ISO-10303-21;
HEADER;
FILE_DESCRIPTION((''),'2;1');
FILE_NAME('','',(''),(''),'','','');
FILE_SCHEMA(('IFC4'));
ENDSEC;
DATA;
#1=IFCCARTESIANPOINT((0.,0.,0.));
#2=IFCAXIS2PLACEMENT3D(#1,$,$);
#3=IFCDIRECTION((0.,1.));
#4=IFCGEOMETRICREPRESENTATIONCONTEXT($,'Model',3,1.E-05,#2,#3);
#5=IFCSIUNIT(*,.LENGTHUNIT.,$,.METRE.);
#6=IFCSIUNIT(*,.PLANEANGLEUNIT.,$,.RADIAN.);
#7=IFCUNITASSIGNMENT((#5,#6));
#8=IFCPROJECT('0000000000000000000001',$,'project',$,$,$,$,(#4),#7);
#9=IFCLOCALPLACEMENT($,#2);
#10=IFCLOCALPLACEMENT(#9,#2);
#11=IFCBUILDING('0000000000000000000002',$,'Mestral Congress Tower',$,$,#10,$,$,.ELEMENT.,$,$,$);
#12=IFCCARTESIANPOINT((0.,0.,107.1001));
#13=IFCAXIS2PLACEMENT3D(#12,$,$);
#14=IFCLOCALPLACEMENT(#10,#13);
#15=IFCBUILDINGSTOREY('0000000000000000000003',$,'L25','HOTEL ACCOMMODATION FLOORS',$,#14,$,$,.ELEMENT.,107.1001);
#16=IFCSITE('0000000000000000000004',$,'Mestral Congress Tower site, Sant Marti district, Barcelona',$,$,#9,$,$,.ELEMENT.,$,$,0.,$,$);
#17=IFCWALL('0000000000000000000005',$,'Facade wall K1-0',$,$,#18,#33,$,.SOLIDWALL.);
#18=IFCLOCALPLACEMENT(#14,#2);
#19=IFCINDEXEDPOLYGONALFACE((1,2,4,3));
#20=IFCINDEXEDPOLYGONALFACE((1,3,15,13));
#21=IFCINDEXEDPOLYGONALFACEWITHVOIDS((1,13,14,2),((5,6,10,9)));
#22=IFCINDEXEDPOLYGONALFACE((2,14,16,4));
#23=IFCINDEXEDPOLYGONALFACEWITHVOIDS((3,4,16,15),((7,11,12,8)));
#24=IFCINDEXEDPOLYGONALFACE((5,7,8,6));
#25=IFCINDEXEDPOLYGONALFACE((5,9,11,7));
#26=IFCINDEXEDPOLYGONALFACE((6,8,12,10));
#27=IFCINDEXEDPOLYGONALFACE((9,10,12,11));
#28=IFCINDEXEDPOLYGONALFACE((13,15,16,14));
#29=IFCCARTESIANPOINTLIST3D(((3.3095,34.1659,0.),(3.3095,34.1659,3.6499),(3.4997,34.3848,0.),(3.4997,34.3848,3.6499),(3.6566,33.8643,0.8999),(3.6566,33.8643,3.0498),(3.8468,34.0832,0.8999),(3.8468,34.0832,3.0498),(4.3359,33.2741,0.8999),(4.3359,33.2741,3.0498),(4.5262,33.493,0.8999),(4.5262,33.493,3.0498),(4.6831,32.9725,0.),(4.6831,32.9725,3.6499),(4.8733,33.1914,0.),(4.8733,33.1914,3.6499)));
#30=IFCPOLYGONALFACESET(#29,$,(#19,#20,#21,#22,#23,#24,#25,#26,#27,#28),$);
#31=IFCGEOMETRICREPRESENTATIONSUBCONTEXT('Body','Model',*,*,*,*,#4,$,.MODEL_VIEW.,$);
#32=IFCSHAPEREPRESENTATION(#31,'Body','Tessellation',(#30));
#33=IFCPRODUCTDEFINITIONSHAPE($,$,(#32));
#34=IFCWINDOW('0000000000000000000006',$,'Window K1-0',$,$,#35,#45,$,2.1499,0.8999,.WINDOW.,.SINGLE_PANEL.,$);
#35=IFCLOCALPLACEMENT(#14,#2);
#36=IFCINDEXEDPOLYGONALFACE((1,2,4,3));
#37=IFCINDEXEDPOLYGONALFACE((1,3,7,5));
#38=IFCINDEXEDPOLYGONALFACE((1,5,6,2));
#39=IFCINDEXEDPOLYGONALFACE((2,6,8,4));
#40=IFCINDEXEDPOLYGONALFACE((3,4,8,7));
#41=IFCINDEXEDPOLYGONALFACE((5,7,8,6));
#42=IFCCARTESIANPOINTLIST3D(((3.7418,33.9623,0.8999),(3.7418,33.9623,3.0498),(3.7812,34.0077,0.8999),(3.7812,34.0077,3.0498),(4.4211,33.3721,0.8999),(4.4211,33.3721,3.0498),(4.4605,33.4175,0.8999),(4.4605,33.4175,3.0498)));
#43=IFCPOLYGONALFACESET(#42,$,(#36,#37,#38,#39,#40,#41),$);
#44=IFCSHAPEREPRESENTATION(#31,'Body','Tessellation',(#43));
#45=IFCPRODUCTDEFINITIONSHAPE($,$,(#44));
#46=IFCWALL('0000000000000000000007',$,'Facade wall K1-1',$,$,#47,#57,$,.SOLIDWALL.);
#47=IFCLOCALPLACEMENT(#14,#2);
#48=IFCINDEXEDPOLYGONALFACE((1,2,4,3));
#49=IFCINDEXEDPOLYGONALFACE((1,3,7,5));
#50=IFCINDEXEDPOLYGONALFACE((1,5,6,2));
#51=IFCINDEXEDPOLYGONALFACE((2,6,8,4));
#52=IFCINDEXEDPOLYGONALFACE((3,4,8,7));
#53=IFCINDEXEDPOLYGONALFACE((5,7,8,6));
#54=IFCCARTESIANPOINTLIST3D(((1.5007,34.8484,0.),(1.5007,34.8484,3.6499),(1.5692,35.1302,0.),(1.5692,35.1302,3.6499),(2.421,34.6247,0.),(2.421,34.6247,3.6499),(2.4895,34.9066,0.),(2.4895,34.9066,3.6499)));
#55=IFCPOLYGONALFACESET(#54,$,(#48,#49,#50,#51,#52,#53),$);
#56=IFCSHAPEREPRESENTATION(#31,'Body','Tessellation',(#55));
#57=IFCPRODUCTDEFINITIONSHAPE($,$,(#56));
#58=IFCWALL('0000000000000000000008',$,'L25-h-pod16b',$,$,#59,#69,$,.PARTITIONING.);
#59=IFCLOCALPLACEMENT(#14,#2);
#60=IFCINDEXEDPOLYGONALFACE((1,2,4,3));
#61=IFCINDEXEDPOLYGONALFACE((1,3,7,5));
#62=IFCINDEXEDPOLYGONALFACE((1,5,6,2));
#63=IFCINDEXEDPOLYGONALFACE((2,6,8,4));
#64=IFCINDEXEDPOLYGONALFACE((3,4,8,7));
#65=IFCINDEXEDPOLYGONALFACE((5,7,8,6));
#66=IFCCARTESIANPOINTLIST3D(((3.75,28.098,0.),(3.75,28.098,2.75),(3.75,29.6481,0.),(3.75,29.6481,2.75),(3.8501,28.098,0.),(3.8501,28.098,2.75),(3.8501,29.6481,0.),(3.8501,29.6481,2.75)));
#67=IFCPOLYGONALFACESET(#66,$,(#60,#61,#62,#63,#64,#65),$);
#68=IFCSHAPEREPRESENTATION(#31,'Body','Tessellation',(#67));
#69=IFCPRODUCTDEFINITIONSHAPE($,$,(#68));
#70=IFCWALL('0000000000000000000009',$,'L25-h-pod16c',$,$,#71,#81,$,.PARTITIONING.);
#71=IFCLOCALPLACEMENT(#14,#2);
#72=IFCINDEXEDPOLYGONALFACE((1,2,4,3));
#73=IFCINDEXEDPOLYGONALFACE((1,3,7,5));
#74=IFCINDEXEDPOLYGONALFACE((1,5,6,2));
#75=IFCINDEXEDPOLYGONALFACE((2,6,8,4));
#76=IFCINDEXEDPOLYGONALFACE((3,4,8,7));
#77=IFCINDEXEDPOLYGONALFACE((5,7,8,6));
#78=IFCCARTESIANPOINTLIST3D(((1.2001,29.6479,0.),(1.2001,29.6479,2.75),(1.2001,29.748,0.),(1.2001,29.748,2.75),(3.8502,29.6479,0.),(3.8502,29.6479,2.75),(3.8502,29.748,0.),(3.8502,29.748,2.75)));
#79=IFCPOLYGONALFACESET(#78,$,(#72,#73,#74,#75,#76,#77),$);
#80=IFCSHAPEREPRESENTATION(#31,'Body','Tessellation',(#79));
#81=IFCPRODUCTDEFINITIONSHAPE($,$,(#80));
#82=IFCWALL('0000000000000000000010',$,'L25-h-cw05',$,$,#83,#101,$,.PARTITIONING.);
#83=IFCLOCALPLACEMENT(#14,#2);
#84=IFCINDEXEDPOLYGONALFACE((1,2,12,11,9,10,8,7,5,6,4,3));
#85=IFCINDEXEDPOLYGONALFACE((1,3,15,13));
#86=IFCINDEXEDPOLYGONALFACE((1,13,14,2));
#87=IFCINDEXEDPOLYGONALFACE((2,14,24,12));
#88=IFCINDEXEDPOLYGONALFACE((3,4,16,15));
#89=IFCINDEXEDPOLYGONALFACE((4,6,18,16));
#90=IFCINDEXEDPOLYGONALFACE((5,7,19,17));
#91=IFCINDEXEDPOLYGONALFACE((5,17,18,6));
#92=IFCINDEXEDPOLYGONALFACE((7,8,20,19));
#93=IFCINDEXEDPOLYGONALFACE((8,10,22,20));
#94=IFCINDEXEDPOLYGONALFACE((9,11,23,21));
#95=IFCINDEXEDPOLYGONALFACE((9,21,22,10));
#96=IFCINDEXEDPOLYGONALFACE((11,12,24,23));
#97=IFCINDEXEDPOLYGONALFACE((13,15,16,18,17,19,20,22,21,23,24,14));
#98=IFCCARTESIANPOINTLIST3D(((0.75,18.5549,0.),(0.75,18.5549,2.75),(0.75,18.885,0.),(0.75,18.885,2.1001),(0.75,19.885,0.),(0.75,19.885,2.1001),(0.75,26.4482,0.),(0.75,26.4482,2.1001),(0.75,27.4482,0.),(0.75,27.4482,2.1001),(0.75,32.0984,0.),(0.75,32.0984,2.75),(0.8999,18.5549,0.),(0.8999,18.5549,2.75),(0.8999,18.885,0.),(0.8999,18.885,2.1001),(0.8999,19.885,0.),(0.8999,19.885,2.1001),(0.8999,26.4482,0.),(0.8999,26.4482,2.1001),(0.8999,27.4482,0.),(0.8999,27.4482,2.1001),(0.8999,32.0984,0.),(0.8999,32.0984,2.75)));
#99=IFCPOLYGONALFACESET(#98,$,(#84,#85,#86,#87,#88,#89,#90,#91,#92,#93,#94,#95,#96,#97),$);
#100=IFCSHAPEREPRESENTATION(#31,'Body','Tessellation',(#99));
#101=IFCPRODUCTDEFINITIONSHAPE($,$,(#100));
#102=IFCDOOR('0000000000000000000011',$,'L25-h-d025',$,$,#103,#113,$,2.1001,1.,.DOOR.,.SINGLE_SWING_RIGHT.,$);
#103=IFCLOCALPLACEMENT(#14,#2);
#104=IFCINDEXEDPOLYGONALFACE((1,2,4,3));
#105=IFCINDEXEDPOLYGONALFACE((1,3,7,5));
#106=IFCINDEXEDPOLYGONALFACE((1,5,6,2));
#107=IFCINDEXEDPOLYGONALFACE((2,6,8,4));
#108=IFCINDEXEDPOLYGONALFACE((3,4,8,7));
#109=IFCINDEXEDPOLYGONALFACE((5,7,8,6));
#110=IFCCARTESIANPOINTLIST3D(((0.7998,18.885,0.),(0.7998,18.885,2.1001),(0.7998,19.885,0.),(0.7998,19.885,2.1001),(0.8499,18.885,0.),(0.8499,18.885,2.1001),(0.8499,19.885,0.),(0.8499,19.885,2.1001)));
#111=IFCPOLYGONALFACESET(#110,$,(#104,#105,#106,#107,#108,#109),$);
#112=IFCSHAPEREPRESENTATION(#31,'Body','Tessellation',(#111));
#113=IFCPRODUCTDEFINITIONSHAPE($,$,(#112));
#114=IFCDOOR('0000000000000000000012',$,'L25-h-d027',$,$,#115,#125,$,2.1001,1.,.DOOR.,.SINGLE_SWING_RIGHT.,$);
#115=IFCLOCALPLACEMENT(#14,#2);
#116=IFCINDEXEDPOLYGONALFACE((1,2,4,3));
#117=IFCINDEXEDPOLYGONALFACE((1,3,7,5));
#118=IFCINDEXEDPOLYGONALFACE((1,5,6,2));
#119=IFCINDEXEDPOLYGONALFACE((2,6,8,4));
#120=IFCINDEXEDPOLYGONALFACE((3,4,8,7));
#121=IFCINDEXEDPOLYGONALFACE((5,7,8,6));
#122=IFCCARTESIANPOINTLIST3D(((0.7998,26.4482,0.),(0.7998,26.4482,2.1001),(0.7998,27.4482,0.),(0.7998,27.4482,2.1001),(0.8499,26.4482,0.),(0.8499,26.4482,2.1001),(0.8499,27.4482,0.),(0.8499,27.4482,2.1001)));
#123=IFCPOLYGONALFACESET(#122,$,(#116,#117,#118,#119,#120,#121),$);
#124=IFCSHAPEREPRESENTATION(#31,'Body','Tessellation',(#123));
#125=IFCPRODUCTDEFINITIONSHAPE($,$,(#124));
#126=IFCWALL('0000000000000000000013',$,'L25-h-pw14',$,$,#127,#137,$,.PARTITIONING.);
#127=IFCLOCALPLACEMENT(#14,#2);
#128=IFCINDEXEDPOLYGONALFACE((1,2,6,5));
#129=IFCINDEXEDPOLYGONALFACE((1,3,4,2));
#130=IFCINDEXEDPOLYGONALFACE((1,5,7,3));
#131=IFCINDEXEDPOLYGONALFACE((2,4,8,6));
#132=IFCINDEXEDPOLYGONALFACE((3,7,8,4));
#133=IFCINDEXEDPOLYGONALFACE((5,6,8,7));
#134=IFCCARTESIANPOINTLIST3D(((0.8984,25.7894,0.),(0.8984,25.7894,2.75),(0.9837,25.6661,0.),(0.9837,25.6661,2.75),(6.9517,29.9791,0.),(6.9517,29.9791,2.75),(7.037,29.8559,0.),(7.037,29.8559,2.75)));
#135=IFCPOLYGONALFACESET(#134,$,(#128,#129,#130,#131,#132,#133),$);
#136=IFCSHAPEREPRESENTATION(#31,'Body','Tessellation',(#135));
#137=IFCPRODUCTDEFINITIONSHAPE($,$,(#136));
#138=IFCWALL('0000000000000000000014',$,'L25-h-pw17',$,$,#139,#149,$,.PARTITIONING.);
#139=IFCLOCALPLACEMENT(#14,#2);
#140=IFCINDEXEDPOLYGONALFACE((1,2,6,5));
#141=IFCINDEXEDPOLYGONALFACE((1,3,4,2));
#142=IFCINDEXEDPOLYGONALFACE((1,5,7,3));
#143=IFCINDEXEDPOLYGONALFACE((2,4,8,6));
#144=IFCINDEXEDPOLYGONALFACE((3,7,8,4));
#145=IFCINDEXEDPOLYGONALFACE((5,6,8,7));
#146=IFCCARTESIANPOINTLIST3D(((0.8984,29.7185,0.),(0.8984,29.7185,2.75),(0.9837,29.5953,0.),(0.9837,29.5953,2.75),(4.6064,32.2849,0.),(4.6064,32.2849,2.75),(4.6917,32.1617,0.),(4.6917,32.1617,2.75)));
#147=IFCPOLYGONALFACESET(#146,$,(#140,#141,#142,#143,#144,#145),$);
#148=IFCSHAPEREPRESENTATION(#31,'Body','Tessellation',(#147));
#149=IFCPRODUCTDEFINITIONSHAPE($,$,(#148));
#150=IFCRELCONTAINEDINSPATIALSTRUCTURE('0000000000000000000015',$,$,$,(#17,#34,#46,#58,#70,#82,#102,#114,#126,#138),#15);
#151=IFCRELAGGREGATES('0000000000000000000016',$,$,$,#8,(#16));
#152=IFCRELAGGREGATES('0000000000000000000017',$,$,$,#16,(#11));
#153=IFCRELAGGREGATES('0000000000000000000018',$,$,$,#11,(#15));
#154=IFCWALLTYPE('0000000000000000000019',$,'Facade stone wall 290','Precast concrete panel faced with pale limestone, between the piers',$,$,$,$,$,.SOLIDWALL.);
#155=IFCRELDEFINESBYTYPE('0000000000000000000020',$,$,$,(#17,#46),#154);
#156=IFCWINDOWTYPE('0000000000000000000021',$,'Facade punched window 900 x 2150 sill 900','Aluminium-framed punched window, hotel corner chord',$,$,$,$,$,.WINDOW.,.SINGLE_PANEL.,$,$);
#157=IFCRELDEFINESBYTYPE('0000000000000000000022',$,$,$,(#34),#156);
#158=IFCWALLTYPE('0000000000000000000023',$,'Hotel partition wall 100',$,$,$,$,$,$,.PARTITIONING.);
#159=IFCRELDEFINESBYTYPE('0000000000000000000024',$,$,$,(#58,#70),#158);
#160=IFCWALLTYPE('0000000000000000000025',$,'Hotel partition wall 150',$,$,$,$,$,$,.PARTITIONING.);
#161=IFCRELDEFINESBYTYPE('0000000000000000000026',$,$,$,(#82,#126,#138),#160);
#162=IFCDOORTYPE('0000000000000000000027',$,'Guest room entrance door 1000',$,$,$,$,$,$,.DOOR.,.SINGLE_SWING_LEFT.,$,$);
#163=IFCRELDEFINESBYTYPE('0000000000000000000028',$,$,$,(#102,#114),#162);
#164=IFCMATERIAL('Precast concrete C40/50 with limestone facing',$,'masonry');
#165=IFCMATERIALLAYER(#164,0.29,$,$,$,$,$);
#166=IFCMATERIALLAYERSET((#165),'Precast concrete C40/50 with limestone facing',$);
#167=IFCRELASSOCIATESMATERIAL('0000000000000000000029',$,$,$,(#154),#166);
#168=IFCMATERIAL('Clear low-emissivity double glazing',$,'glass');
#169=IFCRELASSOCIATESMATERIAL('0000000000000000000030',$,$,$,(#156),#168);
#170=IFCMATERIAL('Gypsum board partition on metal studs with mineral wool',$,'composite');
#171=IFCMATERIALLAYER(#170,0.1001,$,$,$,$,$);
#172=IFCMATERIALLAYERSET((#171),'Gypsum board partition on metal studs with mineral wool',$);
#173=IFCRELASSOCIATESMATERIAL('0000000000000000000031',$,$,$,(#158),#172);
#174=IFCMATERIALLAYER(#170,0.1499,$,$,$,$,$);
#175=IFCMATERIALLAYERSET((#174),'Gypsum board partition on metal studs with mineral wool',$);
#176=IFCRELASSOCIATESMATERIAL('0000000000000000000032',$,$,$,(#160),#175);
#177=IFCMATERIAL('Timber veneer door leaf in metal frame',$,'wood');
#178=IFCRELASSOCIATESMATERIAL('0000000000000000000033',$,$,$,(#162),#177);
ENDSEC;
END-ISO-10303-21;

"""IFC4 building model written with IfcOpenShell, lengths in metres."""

from ifc_helpers import new_model, si_unit, direction, frame, frame_2d, origin, place, context, subcontext, project, spatial, rectangle, extrude, material, layer, layer_set, type_object, element, fill, save


model = new_model("IFC4")

# Units and contexts
model_context = context("Model", 3, precision=1e-05, world=origin(), true_north=direction((0.0, 1.0)))
body_context = subcontext(model_context, "Body", "Model", "MODEL_VIEW")
ifc_project = project(units=[si_unit("LENGTHUNIT", "METRE"), si_unit("PLANEANGLEUNIT", "RADIAN")], contexts=[model_context])

# Site, building, storey
site_placement = place(None, origin())
site = spatial("IfcSite", under=ifc_project, at=site_placement, Name="Mestral Congress Tower site, Sant Marti district, Barcelona", CompositionType="ELEMENT", RefElevation=0.0)
building_placement = place(site_placement, origin())
building = spatial("IfcBuilding", under=site, at=building_placement, Name="Mestral Congress Tower", CompositionType="ELEMENT")
storey_placement = place(building_placement, frame((0.0, 0.0, 107.1001)))
storey = spatial("IfcBuildingStorey", under=building, at=storey_placement, Name="L25", Description="HOTEL ACCOMMODATION FLOORS", CompositionType="ELEMENT", Elevation=107.1001)

# Wall, opening, window
ifc_material_1 = material(Name="Precast concrete C40/50 with limestone facing", Category="masonry")
ifc_layer_1 = layer(ifc_material_1, 0.29)
ifc_layer_set_1 = layer_set([ifc_layer_1], Name="Precast concrete C40/50 with limestone facing")
wall_type_1 = type_object("IfcWallType", Name="Facade stone wall 290", Description="Precast concrete panel faced with pale limestone, between the piers", PredefinedType="SOLIDWALL", material=ifc_layer_set_1)
wall_1_placement = place(storey_placement, frame((4.7781, 33.082, 0.0), z_axis=(0.0, 0.0, 1.0), x_axis=(-0.754883, 0.65586, 0.0)))
wall_1 = element("IfcWall", 1, at=wall_1_placement, inside=storey, type_object=wall_type_1, Name="Facade wall K1-0", PredefinedType="SOLIDWALL", context=body_context, shape_type="SweptSolid", body=[
    extrude(rectangle(XDim=1.8196, YDim=0.29, at=frame_2d((0.9097, 0.0))), origin(), (0.0, 0.0, 1.0), 3.6499),
])
opening_1_placement = place(wall_1_placement, frame((0.4597, 0.0, 0.8999)))
opening_1 = element("IfcOpeningElement", 2, at=opening_1_placement, cuts=wall_1, PredefinedType="OPENING", context=body_context, shape_type="SweptSolid", body=[
    extrude(rectangle(XDim=0.8999, YDim=2.1499, at=frame_2d((0.45, 1.075))), frame((0.0, 0.155, 0.0), z_axis=(0.0, -1.0, 0.0), x_axis=(1.0, 0.0, 0.0)), (0.0, 0.0, 1.0), 0.3101),
])
ifc_material_2 = material(Name="Clear low-emissivity double glazing", Category="glass")
window_type = type_object("IfcWindowType", Name="Facade punched window 900 x 2150 sill 900", Description="Aluminium-framed punched window, hotel corner chord", PartitioningType="SINGLE_PANEL", PredefinedType="WINDOW", material=ifc_material_2)
window_placement = place(opening_1_placement, origin())
window = element("IfcWindow", 3, at=window_placement, inside=storey, type_object=window_type, Name="Window K1-0", OverallHeight=2.1499, OverallWidth=0.8999, PartitioningType="SINGLE_PANEL", PredefinedType="WINDOW", context=body_context, shape_type="SweptSolid", body=[
    extrude(rectangle(XDim=0.8999, YDim=2.1499, at=frame_2d((0.45, 1.075))), frame((0.0, 0.0151, 0.0), z_axis=(0.0, -1.0, 0.0), x_axis=(1.0, 0.0, 0.0)), (0.0, 0.0, 1.0), 0.0601),
])
fill(opening_1, window)

# Walls
wall_2_placement = place(storey_placement, frame((2.4553, 34.7656, 0.0), z_axis=(0.0, 0.0, 1.0), x_axis=(-0.971714, 0.236161, 0.0)))
element("IfcWall", 4, at=wall_2_placement, inside=storey, type_object=wall_type_1, Name="Facade wall K1-1", PredefinedType="SOLIDWALL", context=body_context, shape_type="SweptSolid", body=[
    extrude(rectangle(XDim=0.947, YDim=0.29, at=frame_2d((0.4736, 0.0))), origin(), (0.0, 0.0, 1.0), 3.6499),
])
ifc_material_3 = material(Name="Gypsum board partition on metal studs with mineral wool", Category="composite")
ifc_layer_2 = layer(ifc_material_3, 0.1001)
ifc_layer_set_2 = layer_set([ifc_layer_2], Name="Gypsum board partition on metal studs with mineral wool")
wall_type_2 = type_object("IfcWallType", Name="Hotel partition wall 100", PredefinedType="PARTITIONING", material=ifc_layer_set_2)
wall_3_placement = place(storey_placement, frame((3.8, 28.0981, 0.0), z_axis=(0.0, 0.0, 1.0), x_axis=(0.0, 1.0, 0.0)))
element("IfcWall", 5, at=wall_3_placement, inside=storey, type_object=wall_type_2, Name="L25-h-pod16b", PredefinedType="PARTITIONING", context=body_context, shape_type="SweptSolid", body=[
    extrude(rectangle(XDim=1.55, YDim=0.1001, at=frame_2d((0.7749, 0.0))), origin(), (0.0, 0.0, 1.0), 2.75),
])
wall_4_placement = place(storey_placement, frame((1.2, 29.698, 0.0), z_axis=(0.0, 0.0, 1.0), x_axis=(1.0, 0.0, 0.0)))
element("IfcWall", 6, at=wall_4_placement, inside=storey, type_object=wall_type_2, Name="L25-h-pod16c", PredefinedType="PARTITIONING", context=body_context, shape_type="SweptSolid", body=[
    extrude(rectangle(XDim=2.6501, YDim=0.1001, at=frame_2d((1.3252, 0.0))), origin(), (0.0, 0.0, 1.0), 2.75),
])

# Wall, openings, doors
ifc_layer_3 = layer(ifc_material_3, 0.1499)
ifc_layer_set_3 = layer_set([ifc_layer_3], Name="Gypsum board partition on metal studs with mineral wool")
wall_type_3 = type_object("IfcWallType", Name="Hotel partition wall 150", PredefinedType="PARTITIONING", material=ifc_layer_set_3)
wall_5_placement = place(storey_placement, frame((0.825, 32.0984, 0.0), z_axis=(0.0, 0.0, 1.0), x_axis=(0.0, -1.0, 0.0)))
wall_5 = element("IfcWall", 7, at=wall_5_placement, inside=storey, type_object=wall_type_3, Name="L25-h-cw05", PredefinedType="PARTITIONING", context=body_context, shape_type="SweptSolid", body=[
    extrude(rectangle(XDim=13.5435, YDim=0.1499, at=frame_2d((6.7717, 0.0))), origin(), (0.0, 0.0, 1.0), 2.75),
])
opening_2_placement = place(wall_5_placement, frame((12.2134, 0.0, 0.0)))
opening_2 = element("IfcOpeningElement", 8, at=opening_2_placement, cuts=wall_5, PredefinedType="OPENING", context=body_context, shape_type="SweptSolid", body=[
    extrude(rectangle(XDim=1.0, YDim=2.1001, at=frame_2d((0.5, 1.05))), frame((0.0, 0.085, 0.0), z_axis=(0.0, -1.0, 0.0), x_axis=(1.0, 0.0, 0.0)), (0.0, 0.0, 1.0), 0.1699),
])
opening_3_placement = place(wall_5_placement, frame((4.6501, 0.0, 0.0)))
opening_3 = element("IfcOpeningElement", 9, at=opening_3_placement, cuts=wall_5, PredefinedType="OPENING", context=body_context, shape_type="SweptSolid", body=[
    extrude(rectangle(XDim=1.0, YDim=2.1001, at=frame_2d((0.5, 1.05))), frame((0.0, 0.085, 0.0), z_axis=(0.0, -1.0, 0.0), x_axis=(1.0, 0.0, 0.0)), (0.0, 0.0, 1.0), 0.1699),
])
ifc_material_4 = material(Name="Timber veneer door leaf in metal frame", Category="wood")
door_type = type_object("IfcDoorType", Name="Guest room entrance door 1000", OperationType="SINGLE_SWING_LEFT", PredefinedType="DOOR", material=ifc_material_4)
door_1_placement = place(opening_2_placement, origin())
door_1 = element("IfcDoor", 10, at=door_1_placement, inside=storey, type_object=door_type, Name="L25-h-d025", OperationType="SINGLE_SWING_RIGHT", OverallHeight=2.1001, OverallWidth=1.0, PredefinedType="DOOR", context=body_context, shape_type="SweptSolid", body=[
    extrude(rectangle(XDim=1.0, YDim=2.1001, at=frame_2d((0.5, 1.05))), frame((0.0, 0.0249, 0.0), z_axis=(0.0, -1.0, 0.0), x_axis=(1.0, 0.0, 0.0)), (0.0, 0.0, 1.0), 0.05),
])
fill(opening_2, door_1)
door_2_placement = place(opening_3_placement, origin())
door_2 = element("IfcDoor", 11, at=door_2_placement, inside=storey, type_object=door_type, Name="L25-h-d027", OperationType="SINGLE_SWING_RIGHT", OverallHeight=2.1001, OverallWidth=1.0, PredefinedType="DOOR", context=body_context, shape_type="SweptSolid", body=[
    extrude(rectangle(XDim=1.0, YDim=2.1001, at=frame_2d((0.5, 1.05))), frame((0.0, 0.0249, 0.0), z_axis=(0.0, -1.0, 0.0), x_axis=(1.0, 0.0, 0.0)), (0.0, 0.0, 1.0), 0.05),
])
fill(opening_3, door_2)

# Walls
wall_6_placement = place(storey_placement, frame((6.9944, 29.9175, 0.0), z_axis=(0.0, 0.0, 1.0), x_axis=(-0.822255, -0.569119, 0.0)))
element("IfcWall", 12, at=wall_6_placement, inside=storey, type_object=wall_type_3, Name="L25-h-pw14", PredefinedType="PARTITIONING", context=body_context, shape_type="SweptSolid", body=[
    extrude(rectangle(XDim=7.3618, YDim=0.1499, at=frame_2d((3.6809, 0.0))), origin(), (0.0, 0.0, 1.0), 2.75),
])
wall_7_placement = place(storey_placement, frame((4.6492, 32.2234, 0.0), z_axis=(0.0, 0.0, 1.0), x_axis=(-0.822262, -0.569109, 0.0)))
element("IfcWall", 13, at=wall_7_placement, inside=storey, type_object=wall_type_3, Name="L25-h-pw17", PredefinedType="PARTITIONING", context=body_context, shape_type="SweptSolid", body=[
    extrude(rectangle(XDim=4.5095, YDim=0.1499, at=frame_2d((2.2549, 0.0))), origin(), (0.0, 0.0, 1.0), 2.75),
])

save(model, "model.ifc")
